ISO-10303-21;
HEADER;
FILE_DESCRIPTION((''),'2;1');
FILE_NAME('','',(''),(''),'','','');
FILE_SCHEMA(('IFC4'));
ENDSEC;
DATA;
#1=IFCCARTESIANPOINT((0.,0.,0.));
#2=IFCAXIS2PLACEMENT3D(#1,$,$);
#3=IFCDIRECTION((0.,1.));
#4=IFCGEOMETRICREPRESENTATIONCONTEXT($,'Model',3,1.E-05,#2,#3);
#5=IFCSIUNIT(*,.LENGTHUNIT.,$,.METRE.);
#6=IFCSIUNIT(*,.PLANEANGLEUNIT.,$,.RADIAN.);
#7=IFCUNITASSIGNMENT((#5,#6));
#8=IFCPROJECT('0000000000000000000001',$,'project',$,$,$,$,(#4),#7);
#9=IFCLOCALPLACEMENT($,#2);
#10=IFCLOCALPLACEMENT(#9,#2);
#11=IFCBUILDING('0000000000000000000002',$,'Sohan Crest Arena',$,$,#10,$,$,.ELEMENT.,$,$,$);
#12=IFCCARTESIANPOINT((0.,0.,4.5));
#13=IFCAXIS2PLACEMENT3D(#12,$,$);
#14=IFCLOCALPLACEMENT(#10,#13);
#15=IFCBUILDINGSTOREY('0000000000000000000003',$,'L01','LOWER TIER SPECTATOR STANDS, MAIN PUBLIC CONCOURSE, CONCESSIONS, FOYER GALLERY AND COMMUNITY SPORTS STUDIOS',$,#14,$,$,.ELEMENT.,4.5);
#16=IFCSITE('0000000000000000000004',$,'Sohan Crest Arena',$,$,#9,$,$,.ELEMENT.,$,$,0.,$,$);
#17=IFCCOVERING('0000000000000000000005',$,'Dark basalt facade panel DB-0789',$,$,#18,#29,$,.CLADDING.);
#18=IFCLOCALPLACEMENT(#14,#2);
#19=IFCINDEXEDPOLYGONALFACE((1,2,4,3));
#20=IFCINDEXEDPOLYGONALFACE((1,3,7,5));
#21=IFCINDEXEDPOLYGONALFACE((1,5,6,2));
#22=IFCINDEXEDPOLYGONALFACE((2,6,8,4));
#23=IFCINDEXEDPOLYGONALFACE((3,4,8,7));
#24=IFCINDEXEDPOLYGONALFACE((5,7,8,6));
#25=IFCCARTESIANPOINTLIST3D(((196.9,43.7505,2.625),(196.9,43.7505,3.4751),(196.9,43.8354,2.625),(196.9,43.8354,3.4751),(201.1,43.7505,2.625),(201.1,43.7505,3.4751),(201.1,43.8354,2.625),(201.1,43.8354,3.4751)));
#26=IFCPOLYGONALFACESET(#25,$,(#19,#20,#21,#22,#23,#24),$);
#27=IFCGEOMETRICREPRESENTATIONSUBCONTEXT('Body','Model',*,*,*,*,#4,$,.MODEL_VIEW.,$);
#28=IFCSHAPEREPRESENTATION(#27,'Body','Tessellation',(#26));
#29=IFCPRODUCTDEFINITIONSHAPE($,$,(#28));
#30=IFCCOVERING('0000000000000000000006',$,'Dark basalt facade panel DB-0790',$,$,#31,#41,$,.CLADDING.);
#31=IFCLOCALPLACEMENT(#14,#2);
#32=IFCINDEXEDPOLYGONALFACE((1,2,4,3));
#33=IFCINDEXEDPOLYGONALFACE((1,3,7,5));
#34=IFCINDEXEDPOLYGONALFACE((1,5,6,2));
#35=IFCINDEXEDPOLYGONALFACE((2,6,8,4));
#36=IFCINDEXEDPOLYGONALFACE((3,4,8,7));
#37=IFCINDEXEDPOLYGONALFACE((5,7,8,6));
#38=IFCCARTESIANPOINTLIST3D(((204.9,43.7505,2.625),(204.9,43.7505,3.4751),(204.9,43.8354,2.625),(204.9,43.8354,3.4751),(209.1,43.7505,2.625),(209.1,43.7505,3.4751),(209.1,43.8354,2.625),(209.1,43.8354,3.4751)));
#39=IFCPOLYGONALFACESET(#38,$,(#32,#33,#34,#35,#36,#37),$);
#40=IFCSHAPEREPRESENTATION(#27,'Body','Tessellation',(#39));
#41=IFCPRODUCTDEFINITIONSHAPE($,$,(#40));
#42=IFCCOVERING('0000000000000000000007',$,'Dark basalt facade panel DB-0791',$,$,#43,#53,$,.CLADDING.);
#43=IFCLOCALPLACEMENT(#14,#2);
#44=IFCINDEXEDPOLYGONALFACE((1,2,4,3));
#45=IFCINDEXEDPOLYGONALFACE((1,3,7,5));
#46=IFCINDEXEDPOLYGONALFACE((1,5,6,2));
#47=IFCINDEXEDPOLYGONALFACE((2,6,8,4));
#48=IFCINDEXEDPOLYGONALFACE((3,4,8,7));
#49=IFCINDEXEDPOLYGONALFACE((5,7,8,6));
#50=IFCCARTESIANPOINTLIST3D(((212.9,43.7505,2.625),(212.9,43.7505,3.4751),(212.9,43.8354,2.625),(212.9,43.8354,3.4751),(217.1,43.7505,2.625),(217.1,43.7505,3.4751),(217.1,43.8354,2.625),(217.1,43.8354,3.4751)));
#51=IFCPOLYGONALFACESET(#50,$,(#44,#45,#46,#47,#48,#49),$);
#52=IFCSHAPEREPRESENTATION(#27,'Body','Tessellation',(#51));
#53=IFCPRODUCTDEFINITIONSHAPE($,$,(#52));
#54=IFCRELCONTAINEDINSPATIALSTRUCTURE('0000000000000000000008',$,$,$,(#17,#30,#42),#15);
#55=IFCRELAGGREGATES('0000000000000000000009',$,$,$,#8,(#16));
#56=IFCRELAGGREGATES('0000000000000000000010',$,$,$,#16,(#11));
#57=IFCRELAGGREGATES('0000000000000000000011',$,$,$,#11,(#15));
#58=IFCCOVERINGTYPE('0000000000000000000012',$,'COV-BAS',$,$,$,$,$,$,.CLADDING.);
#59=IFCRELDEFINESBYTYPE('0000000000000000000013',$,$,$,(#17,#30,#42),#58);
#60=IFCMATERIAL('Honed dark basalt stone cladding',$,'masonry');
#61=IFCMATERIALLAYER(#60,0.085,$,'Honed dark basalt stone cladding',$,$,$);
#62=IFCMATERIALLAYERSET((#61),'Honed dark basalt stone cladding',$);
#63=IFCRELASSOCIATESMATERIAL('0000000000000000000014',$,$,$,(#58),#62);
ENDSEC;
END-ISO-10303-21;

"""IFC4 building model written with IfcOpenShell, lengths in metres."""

from ifc_helpers import new_model, si_unit, direction, frame, origin, origin_2d, place, context, subcontext, project, spatial, rectangle, extrude, material, layer, layer_set, type_object, element, save


model = new_model("IFC4")

# Units and contexts
model_context = context("Model", 3, precision=1e-05, world=origin(), true_north=direction((0.0, 1.0)))
body_context = subcontext(model_context, "Body", "Model", "MODEL_VIEW")
ifc_project = project(units=[si_unit("LENGTHUNIT", "METRE"), si_unit("PLANEANGLEUNIT", "RADIAN")], contexts=[model_context])

# Site, building, storey
site_placement = place(None, origin())
site = spatial("IfcSite", under=ifc_project, at=site_placement, Name="Sohan Crest Arena", CompositionType="ELEMENT", RefElevation=0.0)
building_placement = place(site_placement, origin())
building = spatial("IfcBuilding", under=site, at=building_placement, Name="Sohan Crest Arena", CompositionType="ELEMENT")
storey_placement = place(building_placement, frame((0.0, 0.0, 4.5)))
storey = spatial("IfcBuildingStorey", under=building, at=storey_placement, Name="L01", Description="LOWER TIER SPECTATOR STANDS, MAIN PUBLIC CONCOURSE, CONCESSIONS, FOYER GALLERY AND COMMUNITY SPORTS STUDIOS", CompositionType="ELEMENT", Elevation=4.5)

# Coverings
ifc_material_1 = material(Name="Honed dark basalt stone cladding", Category="masonry")
ifc_layer_1 = layer(ifc_material_1, 0.085, Name="Honed dark basalt stone cladding")
ifc_layer_set_1 = layer_set([ifc_layer_1], Name="Honed dark basalt stone cladding")
covering_type = type_object("IfcCoveringType", Name="COV-BAS", PredefinedType="CLADDING", material=ifc_layer_set_1)
for number, where, z_axis, x_axis, name in (
    (1, (199.0, 43.793, 2.625), (0.0, 0.0, 1.0), (1.0, 0.0, 0.0), "Dark basalt facade panel DB-0789"),
    (2, (207.0, 43.793, 2.625), (0.0, 0.0, 1.0), (1.0, 0.0, 0.0), "Dark basalt facade panel DB-0790"),
    (3, (215.0, 43.793, 2.625), (0.0, 0.0, 1.0), (1.0, 0.0, 0.0), "Dark basalt facade panel DB-0791"),
):
    element("IfcCovering", number, at=place(storey_placement, frame(where, z_axis=z_axis, x_axis=x_axis)), inside=storey, type_object=covering_type, Name=name, PredefinedType="CLADDING", context=body_context, shape_type="SweptSolid", body=[
        extrude(rectangle(XDim=4.2, YDim=0.085, at=origin_2d()), origin(), (0.0, 0.0, 1.0), 0.8501),
    ])

save(model, "model.ifc")
